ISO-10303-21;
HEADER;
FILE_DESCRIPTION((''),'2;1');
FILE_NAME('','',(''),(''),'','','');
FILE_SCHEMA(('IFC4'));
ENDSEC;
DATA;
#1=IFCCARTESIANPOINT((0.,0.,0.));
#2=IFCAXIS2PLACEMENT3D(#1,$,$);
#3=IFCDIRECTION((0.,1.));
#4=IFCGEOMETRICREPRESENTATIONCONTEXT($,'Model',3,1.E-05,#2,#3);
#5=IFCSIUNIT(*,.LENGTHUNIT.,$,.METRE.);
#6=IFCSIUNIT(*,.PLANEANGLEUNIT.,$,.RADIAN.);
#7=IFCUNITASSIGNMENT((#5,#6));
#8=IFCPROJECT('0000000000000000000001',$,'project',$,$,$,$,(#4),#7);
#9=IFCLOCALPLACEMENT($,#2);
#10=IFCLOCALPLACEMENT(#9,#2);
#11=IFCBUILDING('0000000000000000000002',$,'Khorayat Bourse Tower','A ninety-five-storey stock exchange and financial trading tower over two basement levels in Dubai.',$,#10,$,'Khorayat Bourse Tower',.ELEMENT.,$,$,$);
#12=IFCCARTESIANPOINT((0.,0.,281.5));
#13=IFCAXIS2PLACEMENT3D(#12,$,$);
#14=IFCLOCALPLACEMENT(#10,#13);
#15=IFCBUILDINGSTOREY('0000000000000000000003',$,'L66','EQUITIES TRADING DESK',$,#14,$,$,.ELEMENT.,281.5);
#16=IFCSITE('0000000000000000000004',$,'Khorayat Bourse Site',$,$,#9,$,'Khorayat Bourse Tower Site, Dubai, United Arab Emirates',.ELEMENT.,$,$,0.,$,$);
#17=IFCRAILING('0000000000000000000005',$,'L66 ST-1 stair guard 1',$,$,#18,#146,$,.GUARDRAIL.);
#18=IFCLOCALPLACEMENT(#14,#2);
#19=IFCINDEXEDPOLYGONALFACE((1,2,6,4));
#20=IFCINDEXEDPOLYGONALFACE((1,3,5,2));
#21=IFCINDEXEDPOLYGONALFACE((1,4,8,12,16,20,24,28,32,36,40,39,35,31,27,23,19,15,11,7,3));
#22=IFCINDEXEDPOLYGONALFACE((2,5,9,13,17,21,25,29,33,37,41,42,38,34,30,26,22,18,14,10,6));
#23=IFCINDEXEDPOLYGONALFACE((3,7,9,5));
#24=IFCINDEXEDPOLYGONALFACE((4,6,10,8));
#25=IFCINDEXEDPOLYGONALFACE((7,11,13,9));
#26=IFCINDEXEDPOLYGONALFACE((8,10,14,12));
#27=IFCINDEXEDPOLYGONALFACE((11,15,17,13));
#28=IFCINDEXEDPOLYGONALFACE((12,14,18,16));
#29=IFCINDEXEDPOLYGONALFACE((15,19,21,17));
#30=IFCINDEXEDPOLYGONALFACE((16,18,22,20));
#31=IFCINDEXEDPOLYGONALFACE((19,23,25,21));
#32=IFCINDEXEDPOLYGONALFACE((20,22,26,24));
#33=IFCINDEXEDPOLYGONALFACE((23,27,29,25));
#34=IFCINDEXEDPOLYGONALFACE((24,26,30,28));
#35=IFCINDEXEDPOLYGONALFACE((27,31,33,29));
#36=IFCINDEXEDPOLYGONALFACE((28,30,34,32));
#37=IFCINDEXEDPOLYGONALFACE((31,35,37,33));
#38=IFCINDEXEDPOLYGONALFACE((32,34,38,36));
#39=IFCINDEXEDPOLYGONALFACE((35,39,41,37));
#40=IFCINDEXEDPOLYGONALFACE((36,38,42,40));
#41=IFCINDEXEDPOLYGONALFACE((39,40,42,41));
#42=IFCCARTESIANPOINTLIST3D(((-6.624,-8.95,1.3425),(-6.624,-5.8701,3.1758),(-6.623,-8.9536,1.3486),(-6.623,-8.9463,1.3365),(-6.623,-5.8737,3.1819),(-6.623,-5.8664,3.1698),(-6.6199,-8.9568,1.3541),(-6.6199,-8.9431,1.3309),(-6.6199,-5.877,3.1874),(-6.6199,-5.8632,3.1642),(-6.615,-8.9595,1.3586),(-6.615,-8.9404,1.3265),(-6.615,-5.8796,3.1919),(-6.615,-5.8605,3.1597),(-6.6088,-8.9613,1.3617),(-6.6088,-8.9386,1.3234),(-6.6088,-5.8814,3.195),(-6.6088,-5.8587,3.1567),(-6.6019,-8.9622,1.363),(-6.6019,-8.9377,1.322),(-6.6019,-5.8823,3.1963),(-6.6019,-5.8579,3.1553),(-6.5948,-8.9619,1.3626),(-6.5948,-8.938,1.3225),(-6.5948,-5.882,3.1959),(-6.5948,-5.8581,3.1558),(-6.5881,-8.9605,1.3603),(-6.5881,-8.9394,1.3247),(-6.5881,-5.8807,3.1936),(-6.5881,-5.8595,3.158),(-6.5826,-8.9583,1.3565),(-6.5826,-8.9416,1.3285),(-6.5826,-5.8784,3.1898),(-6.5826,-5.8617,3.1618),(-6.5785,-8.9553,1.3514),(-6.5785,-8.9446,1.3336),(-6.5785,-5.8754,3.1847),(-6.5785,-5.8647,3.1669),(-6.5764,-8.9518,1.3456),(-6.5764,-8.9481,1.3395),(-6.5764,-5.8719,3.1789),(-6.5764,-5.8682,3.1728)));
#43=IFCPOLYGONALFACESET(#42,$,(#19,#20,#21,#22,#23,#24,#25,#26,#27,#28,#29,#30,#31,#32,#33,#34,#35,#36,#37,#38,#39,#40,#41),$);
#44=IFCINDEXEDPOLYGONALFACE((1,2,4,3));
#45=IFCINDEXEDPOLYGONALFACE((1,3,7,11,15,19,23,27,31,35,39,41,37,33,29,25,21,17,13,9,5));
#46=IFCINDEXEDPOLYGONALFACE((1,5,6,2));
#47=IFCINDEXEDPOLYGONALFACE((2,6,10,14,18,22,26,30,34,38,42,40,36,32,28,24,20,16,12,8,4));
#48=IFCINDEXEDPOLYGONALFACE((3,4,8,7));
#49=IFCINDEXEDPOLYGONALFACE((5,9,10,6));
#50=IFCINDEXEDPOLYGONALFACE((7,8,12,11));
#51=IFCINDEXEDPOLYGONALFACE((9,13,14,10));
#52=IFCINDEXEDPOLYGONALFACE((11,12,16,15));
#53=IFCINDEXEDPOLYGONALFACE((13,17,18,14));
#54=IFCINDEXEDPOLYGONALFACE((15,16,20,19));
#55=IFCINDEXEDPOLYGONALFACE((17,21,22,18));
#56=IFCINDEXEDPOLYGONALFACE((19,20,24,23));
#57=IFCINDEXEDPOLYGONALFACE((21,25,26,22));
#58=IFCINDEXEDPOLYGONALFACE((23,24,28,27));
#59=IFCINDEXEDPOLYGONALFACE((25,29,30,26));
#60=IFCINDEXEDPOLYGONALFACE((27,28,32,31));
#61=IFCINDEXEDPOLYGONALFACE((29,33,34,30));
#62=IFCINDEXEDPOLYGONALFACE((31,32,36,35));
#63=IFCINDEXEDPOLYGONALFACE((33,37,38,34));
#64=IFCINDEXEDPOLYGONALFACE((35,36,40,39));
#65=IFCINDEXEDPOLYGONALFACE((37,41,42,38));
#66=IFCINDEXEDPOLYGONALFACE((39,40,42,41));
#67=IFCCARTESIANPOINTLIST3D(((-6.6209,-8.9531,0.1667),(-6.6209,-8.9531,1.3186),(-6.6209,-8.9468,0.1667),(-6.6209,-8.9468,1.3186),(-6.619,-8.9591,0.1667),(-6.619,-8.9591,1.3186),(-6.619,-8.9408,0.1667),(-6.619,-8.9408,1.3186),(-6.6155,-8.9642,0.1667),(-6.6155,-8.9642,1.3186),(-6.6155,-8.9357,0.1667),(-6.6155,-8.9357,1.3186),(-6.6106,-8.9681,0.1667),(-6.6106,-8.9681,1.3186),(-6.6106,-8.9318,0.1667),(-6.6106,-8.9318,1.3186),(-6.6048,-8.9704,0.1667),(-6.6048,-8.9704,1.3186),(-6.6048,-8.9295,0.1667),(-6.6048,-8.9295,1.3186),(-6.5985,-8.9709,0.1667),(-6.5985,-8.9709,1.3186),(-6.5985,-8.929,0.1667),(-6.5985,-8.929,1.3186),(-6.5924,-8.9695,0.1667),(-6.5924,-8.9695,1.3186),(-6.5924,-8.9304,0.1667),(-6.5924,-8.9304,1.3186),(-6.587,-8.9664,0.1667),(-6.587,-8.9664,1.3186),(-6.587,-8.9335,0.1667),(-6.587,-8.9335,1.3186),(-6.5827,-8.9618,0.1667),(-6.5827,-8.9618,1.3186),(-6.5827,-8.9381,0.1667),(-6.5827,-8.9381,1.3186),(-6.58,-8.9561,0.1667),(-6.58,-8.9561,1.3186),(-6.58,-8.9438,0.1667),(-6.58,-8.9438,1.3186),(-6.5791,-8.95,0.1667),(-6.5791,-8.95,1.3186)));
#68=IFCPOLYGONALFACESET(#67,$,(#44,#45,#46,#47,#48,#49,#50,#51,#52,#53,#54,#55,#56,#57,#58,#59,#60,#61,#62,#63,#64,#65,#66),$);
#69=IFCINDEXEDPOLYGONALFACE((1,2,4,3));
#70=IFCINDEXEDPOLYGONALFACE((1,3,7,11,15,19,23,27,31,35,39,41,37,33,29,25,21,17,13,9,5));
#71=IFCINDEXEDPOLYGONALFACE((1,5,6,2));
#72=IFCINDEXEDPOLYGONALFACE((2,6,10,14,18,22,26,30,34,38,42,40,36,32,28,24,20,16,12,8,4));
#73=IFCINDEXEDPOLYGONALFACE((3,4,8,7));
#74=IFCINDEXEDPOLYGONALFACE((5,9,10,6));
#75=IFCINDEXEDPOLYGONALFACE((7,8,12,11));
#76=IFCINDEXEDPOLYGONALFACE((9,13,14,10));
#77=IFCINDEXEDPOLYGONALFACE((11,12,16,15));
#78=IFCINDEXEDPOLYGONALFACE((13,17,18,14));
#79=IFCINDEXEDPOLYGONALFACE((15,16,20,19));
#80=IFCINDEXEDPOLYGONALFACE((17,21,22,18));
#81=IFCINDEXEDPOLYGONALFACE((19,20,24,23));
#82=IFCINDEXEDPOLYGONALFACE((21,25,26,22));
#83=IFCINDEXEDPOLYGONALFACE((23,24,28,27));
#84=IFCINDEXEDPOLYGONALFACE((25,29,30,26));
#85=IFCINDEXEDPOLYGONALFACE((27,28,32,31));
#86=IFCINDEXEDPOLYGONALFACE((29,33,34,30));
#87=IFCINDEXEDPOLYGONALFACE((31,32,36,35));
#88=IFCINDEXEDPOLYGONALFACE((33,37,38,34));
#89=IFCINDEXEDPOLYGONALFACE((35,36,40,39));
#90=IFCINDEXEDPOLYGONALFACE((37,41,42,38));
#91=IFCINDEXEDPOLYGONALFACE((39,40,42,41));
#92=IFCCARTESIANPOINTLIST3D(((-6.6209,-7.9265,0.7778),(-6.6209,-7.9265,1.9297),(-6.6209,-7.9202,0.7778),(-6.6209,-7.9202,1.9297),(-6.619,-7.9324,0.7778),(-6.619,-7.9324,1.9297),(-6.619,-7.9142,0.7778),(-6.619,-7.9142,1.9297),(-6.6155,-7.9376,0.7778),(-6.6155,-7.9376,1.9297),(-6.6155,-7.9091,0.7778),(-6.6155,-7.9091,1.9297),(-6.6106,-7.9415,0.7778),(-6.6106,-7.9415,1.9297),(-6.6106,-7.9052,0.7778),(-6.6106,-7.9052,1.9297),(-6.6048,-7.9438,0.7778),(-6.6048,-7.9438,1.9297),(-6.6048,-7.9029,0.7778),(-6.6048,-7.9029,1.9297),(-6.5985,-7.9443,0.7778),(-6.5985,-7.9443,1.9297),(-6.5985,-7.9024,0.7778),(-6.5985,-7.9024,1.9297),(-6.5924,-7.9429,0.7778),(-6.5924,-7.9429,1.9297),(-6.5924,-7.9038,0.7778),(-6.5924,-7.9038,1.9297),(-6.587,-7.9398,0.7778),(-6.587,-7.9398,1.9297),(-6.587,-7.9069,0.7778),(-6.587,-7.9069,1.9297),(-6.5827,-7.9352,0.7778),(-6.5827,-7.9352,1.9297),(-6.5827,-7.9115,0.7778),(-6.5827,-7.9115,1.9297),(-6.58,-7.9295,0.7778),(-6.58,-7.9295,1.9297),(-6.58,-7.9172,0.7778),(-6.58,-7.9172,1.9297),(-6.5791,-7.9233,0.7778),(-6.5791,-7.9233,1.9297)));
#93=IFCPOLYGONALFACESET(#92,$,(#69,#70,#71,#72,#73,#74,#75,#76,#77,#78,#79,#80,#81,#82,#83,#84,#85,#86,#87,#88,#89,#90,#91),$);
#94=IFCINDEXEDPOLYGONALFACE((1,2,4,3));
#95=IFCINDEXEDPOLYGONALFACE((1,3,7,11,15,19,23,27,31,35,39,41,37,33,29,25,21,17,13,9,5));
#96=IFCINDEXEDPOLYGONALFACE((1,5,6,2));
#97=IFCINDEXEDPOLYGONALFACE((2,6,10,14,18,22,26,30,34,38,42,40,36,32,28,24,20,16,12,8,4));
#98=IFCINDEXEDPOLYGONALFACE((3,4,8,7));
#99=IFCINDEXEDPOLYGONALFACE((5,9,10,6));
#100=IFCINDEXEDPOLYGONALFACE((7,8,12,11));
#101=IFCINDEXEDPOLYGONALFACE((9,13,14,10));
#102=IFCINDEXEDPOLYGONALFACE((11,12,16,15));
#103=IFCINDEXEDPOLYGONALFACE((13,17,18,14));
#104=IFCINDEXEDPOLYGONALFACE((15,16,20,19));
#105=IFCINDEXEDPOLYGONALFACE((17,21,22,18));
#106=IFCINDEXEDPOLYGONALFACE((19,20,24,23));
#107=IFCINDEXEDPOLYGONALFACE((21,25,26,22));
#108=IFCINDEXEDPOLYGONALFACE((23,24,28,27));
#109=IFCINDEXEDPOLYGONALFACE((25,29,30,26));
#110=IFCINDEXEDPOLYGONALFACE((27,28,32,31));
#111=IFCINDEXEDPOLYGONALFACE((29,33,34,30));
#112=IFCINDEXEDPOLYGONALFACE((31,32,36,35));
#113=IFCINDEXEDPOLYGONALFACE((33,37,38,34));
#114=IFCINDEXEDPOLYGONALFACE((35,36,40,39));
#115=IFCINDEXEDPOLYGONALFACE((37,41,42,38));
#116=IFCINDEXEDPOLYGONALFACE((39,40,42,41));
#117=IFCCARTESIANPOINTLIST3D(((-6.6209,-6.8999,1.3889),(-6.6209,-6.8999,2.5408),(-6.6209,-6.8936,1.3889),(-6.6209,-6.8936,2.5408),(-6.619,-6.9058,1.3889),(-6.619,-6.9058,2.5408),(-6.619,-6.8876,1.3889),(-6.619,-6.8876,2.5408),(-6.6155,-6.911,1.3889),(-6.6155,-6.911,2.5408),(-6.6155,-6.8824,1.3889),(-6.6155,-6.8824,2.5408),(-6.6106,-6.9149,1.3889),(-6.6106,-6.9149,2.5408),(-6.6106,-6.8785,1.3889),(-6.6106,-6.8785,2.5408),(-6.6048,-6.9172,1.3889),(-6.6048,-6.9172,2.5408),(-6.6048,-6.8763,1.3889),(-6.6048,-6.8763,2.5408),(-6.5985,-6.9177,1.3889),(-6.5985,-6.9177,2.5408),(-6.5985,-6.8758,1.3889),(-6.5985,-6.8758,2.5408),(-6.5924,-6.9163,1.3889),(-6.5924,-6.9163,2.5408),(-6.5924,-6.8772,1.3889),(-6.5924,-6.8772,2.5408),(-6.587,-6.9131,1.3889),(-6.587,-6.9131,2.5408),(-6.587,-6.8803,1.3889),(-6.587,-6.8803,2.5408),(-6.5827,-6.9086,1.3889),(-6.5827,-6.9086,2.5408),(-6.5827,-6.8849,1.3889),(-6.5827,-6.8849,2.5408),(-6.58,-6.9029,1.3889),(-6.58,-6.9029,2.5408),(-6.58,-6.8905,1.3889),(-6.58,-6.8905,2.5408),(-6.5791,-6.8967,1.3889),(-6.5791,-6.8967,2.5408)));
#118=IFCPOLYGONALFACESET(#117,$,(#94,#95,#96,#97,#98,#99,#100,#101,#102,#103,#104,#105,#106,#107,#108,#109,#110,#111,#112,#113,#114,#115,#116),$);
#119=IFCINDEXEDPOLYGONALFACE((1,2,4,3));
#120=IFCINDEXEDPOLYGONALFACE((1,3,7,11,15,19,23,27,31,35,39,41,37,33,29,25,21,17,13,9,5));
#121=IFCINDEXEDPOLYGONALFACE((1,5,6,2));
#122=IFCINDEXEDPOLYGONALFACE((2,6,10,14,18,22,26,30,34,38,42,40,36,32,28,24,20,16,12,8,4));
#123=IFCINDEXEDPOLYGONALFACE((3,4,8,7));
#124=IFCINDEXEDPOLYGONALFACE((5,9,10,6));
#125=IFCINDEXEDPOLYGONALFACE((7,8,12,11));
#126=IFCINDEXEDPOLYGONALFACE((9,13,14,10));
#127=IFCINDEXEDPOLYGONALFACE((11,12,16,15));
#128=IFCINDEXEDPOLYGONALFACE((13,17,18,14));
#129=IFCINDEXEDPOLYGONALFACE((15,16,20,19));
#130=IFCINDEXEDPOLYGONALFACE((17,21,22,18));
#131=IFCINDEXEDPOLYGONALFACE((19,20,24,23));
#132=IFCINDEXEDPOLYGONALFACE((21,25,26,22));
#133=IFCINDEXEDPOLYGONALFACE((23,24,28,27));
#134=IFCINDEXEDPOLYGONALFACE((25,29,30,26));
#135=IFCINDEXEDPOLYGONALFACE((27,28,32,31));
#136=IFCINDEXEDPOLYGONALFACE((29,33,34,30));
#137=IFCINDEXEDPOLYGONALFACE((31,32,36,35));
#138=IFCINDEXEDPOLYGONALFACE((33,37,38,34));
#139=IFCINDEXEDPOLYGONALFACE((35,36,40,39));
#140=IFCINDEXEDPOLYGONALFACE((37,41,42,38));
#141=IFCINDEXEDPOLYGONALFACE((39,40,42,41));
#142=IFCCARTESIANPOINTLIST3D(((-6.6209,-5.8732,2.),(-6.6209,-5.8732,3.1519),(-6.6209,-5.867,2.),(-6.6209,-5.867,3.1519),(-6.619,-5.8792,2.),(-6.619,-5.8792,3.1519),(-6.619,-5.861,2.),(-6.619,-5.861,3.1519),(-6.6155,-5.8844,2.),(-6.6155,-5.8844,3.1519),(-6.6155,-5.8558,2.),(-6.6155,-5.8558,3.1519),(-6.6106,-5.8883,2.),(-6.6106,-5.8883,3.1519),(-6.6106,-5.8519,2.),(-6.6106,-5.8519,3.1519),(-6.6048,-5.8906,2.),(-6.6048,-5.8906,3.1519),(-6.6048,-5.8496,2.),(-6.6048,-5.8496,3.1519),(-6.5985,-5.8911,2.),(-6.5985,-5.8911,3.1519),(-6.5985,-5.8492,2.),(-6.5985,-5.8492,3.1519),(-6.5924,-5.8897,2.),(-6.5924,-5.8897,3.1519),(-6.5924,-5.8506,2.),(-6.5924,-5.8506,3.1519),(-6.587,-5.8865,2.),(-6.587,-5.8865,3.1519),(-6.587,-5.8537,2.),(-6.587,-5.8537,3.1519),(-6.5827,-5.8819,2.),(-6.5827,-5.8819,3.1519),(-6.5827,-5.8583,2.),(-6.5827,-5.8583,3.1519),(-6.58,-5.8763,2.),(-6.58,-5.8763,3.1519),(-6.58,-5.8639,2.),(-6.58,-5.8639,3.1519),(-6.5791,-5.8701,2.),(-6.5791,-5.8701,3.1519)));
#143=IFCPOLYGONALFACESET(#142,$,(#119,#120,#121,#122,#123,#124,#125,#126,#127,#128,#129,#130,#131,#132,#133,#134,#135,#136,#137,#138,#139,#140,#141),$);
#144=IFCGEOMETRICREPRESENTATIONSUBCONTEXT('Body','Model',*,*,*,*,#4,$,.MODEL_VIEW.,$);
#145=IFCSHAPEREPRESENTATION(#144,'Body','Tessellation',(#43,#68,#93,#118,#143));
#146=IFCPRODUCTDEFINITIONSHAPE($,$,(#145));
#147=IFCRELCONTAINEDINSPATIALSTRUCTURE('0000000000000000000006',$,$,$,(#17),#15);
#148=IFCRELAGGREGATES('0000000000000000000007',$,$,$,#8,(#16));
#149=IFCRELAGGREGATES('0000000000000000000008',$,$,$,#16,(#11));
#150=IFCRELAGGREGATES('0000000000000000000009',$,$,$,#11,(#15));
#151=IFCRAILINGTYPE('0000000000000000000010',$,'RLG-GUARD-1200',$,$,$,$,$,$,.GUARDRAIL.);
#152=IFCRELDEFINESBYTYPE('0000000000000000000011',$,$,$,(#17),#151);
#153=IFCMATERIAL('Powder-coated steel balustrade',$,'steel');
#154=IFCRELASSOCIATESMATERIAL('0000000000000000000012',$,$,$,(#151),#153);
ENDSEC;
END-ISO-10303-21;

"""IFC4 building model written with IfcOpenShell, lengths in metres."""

from ifc_helpers import new_model, si_unit, direction, frame, origin, origin_2d, place, context, subcontext, project, spatial, circle, extrude, source, transform, mapped, material, type_object, element, save


model = new_model("IFC4")

# Units and contexts
model_context = context("Model", 3, precision=1e-05, world=origin(), true_north=direction((0.0, 1.0)))
body_context = subcontext(model_context, "Body", "Model", "MODEL_VIEW")
ifc_project = project(units=[si_unit("LENGTHUNIT", "METRE"), si_unit("PLANEANGLEUNIT", "RADIAN")], contexts=[model_context])

# Site, building, storey
site_placement = place(None, origin())
site = spatial("IfcSite", under=ifc_project, at=site_placement, Name="Khorayat Bourse Site", LongName="Khorayat Bourse Tower Site, Dubai, United Arab Emirates", CompositionType="ELEMENT", RefElevation=0.0)
building_placement = place(site_placement, origin())
building = spatial("IfcBuilding", under=site, at=building_placement, Name="Khorayat Bourse Tower", Description="A ninety-five-storey stock exchange and financial trading tower over two basement levels in Dubai.", LongName="Khorayat Bourse Tower", CompositionType="ELEMENT")
storey_placement = place(building_placement, frame((0.0, 0.0, 281.5)))
storey = spatial("IfcBuildingStorey", under=building, at=storey_placement, Name="L66", Description="EQUITIES TRADING DESK", CompositionType="ELEMENT", Elevation=281.5)

# Railing
ifc_material_1 = material(Name="Powder-coated steel balustrade", Category="steel")
railing_type_1 = type_object("IfcRailingType", Name="RLG-GUARD-1200", PredefinedType="GUARDRAIL", material=ifc_material_1)
shared_shape_1 = source(origin(), body_context, "Body", "SweptSolid", [
    extrude(circle(Radius=0.0239, at=origin_2d()), frame((0.0, 0.0, 1.1758), z_axis=(0.0, 0.859291, 0.511487), x_axis=(-1.0, 0.0, 0.0)), (0.0, 0.0, 1.0), 3.5842),
    extrude(circle(Radius=0.021, at=origin_2d()), origin(), (0.0, 0.0, 1.0), 1.1519),
    extrude(circle(Radius=0.021, at=origin_2d()), frame((0.0, 1.0266, 0.6111)), (0.0, 0.0, 1.0), 1.1519),
    extrude(circle(Radius=0.021, at=origin_2d()), frame((0.0, 2.0532, 1.2222)), (0.0, 0.0, 1.0), 1.1519),
    extrude(circle(Radius=0.021, at=origin_2d()), frame((0.0, 3.0798, 1.8333)), (0.0, 0.0, 1.0), 1.1519),
])
railing_1_placement = place(storey_placement, frame((-6.6001, -8.95, 0.1667)))
element("IfcRailing", 1, at=railing_1_placement, inside=storey, type_object=railing_type_1, Name="L66 ST-1 stair guard 1", PredefinedType="GUARDRAIL", context=body_context, shape_type="MappedRepresentation", body=[
    mapped(shared_shape_1, transform((0.0, 0.0, 0.0), scale=1.0)),
])

save(model, "model.ifc")
